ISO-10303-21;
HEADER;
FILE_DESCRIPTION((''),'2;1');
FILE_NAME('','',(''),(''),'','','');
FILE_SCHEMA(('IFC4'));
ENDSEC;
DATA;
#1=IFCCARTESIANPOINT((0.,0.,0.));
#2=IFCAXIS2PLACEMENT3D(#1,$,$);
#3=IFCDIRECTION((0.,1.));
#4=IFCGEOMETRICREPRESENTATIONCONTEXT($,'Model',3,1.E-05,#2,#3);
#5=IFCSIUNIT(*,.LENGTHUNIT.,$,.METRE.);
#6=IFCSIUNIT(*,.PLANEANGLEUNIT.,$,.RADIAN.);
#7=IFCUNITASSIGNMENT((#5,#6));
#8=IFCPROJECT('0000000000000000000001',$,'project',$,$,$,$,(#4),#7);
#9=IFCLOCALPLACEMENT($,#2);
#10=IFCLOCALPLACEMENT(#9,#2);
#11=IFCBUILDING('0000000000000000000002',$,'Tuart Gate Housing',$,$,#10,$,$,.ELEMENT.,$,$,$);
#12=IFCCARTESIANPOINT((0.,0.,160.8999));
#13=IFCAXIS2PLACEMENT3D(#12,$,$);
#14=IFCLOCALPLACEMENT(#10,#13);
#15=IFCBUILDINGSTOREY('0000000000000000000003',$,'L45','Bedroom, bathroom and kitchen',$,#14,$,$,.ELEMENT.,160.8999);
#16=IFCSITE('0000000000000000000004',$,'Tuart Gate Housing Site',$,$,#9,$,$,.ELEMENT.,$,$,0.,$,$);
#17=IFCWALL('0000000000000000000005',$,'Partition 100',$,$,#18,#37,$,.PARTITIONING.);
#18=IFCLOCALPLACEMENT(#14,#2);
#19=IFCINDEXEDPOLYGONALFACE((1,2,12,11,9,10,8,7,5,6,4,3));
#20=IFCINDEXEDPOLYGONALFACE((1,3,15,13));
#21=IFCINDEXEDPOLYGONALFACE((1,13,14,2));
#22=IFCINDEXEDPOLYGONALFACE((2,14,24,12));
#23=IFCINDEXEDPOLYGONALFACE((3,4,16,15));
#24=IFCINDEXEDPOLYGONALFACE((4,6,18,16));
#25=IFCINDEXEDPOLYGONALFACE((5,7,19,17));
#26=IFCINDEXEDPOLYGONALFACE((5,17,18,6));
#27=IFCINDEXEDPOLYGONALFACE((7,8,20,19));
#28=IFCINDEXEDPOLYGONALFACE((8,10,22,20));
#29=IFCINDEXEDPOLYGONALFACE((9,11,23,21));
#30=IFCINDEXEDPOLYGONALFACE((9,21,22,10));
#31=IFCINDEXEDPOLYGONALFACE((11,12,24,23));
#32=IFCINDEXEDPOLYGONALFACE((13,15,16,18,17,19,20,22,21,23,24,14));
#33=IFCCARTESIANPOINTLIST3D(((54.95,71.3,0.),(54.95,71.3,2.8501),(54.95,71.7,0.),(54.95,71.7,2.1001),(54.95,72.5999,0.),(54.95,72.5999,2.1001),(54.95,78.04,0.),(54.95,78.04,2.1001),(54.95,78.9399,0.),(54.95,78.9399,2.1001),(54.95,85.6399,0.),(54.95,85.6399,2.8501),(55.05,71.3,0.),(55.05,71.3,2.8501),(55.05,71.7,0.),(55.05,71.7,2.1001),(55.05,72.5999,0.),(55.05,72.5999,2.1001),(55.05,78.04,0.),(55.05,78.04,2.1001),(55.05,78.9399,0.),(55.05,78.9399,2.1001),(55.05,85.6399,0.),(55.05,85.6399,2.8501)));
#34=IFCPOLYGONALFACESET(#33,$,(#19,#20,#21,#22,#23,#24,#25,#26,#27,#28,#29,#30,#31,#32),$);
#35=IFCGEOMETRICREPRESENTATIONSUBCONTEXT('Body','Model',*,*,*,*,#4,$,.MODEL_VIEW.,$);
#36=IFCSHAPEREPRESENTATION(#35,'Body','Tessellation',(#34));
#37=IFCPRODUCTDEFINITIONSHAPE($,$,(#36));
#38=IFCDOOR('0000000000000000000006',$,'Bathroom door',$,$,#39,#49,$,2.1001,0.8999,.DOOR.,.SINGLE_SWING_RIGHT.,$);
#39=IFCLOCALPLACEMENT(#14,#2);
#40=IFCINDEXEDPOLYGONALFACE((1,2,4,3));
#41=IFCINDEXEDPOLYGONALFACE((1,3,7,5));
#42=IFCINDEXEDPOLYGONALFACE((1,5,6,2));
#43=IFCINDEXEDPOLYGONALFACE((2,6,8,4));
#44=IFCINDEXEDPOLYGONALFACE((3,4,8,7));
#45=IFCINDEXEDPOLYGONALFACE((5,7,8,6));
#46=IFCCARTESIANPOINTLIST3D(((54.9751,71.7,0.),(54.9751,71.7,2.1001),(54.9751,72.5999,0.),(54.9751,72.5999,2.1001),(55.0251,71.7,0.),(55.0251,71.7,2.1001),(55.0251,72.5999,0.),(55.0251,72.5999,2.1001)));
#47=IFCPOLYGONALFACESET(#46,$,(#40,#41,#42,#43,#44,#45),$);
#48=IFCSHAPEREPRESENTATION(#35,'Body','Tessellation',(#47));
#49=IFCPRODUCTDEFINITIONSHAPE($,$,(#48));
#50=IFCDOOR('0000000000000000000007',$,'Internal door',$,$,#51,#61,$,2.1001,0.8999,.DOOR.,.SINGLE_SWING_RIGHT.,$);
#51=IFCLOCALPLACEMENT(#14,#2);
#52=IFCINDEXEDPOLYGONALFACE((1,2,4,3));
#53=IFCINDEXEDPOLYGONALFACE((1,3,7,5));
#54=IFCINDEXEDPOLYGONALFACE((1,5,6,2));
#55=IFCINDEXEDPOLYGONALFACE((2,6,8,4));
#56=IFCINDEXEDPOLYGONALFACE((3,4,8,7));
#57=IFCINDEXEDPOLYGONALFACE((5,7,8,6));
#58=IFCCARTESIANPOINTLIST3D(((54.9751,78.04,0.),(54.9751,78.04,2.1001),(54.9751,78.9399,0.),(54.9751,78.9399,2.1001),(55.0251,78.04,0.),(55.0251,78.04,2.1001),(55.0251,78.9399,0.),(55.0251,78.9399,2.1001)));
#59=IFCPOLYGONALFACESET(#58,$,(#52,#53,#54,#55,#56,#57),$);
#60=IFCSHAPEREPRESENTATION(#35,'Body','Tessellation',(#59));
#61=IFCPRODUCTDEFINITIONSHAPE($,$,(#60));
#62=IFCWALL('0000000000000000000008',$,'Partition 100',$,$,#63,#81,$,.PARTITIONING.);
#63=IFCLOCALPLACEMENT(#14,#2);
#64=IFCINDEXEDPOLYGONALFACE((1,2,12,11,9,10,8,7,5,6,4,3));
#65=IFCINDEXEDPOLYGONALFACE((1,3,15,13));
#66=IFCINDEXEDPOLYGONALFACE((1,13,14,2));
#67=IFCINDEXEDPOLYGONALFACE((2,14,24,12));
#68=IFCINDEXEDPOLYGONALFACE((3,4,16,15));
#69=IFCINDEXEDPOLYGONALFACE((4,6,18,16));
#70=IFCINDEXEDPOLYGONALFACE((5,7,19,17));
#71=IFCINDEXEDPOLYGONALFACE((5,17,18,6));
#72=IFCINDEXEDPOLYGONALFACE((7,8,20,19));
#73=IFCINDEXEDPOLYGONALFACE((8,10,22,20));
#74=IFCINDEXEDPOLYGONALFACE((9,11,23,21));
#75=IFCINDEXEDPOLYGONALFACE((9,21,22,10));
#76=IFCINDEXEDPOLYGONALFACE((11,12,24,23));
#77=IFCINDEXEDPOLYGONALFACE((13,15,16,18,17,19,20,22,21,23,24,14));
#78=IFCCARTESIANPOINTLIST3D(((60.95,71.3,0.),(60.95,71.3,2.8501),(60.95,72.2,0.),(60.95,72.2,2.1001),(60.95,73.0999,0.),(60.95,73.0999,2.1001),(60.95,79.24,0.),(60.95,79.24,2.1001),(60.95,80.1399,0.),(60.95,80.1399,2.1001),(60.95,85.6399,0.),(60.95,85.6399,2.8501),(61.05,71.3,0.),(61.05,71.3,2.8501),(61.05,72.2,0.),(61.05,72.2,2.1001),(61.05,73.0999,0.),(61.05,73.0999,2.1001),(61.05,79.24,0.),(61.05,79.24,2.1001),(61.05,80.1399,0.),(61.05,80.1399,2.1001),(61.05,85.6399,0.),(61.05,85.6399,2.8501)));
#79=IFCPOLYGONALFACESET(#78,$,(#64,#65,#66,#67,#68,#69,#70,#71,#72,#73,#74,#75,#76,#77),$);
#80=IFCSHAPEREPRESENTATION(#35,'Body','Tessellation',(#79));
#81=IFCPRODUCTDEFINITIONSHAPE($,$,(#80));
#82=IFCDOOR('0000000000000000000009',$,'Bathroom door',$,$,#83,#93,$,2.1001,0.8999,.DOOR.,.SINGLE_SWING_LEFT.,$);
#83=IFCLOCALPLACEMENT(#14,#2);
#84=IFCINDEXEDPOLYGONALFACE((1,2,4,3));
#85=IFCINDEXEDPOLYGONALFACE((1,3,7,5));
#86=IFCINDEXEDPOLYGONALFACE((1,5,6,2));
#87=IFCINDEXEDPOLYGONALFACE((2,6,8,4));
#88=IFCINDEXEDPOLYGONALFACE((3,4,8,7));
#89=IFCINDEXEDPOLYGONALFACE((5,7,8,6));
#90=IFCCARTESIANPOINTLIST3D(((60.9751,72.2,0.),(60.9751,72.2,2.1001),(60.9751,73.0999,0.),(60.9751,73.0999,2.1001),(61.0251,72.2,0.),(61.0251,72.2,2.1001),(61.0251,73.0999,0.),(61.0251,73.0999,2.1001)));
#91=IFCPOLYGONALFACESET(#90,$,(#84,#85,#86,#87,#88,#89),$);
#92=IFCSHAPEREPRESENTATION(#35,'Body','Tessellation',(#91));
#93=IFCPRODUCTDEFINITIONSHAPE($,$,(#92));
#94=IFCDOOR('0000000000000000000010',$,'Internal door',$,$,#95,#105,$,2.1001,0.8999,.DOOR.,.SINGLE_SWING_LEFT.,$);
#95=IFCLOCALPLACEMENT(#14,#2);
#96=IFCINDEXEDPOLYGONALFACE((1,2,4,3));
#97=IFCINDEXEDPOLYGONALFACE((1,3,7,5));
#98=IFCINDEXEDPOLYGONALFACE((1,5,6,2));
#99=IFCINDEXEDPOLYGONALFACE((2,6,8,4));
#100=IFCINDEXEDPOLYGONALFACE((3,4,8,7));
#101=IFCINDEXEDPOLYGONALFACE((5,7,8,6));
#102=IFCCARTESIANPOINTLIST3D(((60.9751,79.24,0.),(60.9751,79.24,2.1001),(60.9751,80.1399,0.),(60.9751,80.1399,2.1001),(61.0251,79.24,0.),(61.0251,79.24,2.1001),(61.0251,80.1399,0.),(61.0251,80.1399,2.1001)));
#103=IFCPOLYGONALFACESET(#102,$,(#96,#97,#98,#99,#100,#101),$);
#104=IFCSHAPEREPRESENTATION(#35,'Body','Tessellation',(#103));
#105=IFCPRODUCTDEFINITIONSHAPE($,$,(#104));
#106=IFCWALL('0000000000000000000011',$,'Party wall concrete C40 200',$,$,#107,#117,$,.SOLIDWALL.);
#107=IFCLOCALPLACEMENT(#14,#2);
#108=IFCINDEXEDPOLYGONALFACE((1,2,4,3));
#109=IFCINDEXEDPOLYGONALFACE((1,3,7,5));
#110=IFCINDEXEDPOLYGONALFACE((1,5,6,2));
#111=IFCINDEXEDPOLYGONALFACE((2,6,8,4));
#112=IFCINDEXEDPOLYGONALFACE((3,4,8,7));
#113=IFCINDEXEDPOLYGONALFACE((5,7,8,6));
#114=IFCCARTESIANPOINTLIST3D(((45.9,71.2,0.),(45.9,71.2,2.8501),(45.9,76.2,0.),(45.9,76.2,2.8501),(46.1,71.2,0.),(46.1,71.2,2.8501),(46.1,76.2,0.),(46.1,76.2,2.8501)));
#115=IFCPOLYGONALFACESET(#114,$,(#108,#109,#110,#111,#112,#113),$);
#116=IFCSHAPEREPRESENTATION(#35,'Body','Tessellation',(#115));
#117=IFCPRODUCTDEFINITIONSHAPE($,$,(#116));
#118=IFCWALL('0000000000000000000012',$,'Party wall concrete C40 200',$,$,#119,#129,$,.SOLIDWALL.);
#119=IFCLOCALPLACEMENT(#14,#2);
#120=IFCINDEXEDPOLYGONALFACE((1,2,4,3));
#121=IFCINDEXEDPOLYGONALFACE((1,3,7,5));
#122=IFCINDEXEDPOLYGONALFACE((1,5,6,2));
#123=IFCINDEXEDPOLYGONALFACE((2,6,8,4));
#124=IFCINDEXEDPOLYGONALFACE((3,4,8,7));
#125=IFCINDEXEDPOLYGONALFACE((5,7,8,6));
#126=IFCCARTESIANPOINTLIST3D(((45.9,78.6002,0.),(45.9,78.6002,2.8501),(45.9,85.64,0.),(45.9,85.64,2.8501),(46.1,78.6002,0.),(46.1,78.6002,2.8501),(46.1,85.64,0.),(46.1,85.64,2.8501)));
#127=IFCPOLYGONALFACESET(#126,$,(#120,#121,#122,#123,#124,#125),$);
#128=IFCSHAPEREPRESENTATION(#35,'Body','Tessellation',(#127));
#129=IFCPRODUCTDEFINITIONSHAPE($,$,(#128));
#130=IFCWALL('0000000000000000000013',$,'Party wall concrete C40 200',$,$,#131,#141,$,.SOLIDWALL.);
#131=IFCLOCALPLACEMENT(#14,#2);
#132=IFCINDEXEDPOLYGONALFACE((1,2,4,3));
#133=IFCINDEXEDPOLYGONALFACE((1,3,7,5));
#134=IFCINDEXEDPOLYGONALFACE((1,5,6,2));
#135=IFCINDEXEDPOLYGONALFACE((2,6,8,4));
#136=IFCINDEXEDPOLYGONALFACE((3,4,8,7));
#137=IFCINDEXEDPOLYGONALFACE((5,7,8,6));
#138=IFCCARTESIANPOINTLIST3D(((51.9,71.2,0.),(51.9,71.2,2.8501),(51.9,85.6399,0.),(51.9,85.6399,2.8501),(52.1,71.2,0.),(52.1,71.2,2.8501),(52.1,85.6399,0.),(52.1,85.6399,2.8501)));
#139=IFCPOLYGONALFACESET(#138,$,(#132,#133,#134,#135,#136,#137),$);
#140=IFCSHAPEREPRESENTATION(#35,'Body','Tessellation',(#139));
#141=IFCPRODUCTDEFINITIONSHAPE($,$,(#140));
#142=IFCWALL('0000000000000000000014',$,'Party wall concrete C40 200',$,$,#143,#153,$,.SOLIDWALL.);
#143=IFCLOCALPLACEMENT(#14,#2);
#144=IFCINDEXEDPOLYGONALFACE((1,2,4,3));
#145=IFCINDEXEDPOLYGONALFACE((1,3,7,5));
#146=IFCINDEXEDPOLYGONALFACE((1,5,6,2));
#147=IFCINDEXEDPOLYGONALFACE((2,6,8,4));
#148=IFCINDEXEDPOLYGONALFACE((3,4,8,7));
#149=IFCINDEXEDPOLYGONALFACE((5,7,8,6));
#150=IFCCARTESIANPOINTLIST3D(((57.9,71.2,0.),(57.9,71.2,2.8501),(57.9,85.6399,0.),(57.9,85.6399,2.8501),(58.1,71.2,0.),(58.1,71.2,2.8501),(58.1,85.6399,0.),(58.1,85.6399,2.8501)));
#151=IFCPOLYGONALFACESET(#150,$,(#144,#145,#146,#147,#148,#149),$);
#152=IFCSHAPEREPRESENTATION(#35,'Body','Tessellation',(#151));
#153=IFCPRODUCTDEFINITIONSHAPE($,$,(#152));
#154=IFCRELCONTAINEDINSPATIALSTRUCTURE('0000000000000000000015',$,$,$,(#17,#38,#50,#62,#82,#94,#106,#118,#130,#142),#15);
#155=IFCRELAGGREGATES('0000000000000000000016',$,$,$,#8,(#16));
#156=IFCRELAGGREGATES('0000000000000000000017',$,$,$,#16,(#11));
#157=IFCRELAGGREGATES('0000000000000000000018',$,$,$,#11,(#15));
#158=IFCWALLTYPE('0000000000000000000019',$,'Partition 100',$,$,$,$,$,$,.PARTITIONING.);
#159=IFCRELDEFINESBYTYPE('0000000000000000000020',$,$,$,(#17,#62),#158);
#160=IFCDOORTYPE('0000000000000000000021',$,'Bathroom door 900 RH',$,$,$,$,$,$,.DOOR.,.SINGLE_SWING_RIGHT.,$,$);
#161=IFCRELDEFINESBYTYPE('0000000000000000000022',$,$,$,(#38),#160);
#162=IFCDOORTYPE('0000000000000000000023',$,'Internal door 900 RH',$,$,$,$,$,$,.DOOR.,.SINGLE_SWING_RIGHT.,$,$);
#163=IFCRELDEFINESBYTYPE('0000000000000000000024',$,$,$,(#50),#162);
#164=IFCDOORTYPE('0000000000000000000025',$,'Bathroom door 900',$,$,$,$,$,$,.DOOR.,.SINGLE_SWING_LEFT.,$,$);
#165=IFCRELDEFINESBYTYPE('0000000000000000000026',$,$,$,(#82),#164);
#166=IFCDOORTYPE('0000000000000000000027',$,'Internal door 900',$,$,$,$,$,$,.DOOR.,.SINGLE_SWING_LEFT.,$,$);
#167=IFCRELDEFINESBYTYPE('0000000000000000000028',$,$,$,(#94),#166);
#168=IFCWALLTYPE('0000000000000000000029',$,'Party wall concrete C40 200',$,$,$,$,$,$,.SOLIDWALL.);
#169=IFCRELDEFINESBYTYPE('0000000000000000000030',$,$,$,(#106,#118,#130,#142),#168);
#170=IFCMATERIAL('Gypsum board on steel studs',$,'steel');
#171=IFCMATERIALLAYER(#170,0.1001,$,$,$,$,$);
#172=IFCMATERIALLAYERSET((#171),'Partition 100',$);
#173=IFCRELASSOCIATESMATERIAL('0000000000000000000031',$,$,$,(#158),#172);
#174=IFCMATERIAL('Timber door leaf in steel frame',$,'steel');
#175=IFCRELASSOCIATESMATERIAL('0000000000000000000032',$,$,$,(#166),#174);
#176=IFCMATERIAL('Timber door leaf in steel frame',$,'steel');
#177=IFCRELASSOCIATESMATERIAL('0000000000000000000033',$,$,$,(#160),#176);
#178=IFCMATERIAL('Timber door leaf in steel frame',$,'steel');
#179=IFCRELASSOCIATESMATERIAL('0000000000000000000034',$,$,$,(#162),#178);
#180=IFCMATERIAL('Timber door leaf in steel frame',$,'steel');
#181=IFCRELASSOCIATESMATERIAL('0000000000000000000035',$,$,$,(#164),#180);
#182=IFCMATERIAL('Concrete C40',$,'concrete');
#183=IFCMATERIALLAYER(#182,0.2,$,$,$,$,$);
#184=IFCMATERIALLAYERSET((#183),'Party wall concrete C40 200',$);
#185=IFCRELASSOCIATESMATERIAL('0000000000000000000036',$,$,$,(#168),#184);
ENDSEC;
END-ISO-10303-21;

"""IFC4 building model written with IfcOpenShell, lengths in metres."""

from ifc_helpers import new_model, si_unit, direction, frame, frame_2d, origin, place, context, subcontext, project, spatial, rectangle, extrude, material, layer, layer_set, type_object, element, fill, save


model = new_model("IFC4")

# Units and contexts
model_context = context("Model", 3, precision=1e-05, world=origin(), true_north=direction((0.0, 1.0)))
body_context = subcontext(model_context, "Body", "Model", "MODEL_VIEW")
ifc_project = project(units=[si_unit("LENGTHUNIT", "METRE"), si_unit("PLANEANGLEUNIT", "RADIAN")], contexts=[model_context])

# Site, building, storey
site_placement = place(None, origin())
site = spatial("IfcSite", under=ifc_project, at=site_placement, Name="Tuart Gate Housing Site", CompositionType="ELEMENT", RefElevation=0.0)
building_placement = place(site_placement, origin())
building = spatial("IfcBuilding", under=site, at=building_placement, Name="Tuart Gate Housing", CompositionType="ELEMENT")
storey_placement = place(building_placement, frame((0.0, 0.0, 160.8999)))
storey = spatial("IfcBuildingStorey", under=building, at=storey_placement, Name="L45", Description="Bedroom, bathroom and kitchen", CompositionType="ELEMENT", Elevation=160.8999)

# Shared definitions
ifc_material_1 = material(Name="Gypsum board on steel studs", Category="steel")
ifc_layer_1 = layer(ifc_material_1, 0.1001)
ifc_layer_set_1 = layer_set([ifc_layer_1], Name="Partition 100")
wall_type_1 = type_object("IfcWallType", Name="Partition 100", PredefinedType="PARTITIONING", material=ifc_layer_set_1)

# Shared definitions
ifc_material_2 = material(Name="Timber door leaf in steel frame", Category="steel")
door_type_1 = type_object("IfcDoorType", Name="Internal door 900", OperationType="SINGLE_SWING_LEFT", PredefinedType="DOOR", material=ifc_material_2)

# Walls, openings, doors
ifc_material_3 = material(Name="Timber door leaf in steel frame", Category="steel")
door_type_2 = type_object("IfcDoorType", Name="Bathroom door 900 RH", OperationType="SINGLE_SWING_RIGHT", PredefinedType="DOOR", material=ifc_material_3)
ifc_material_4 = material(Name="Timber door leaf in steel frame", Category="steel")
door_type_3 = type_object("IfcDoorType", Name="Internal door 900 RH", OperationType="SINGLE_SWING_RIGHT", PredefinedType="DOOR", material=ifc_material_4)
wall_1_placement = place(storey_placement, frame((55.0, 71.3, 0.0), z_axis=(0.0, 0.0, 1.0), x_axis=(0.0, 1.0, 0.0)))
wall_1 = element("IfcWall", 1, at=wall_1_placement, inside=storey, type_object=wall_type_1, Name="Partition 100", PredefinedType="PARTITIONING", context=body_context, shape_type="SweptSolid", body=[
    extrude(rectangle(XDim=14.3398, YDim=0.1001, at=frame_2d((7.1699, 0.0))), origin(), (0.0, 0.0, 1.0), 2.8501),
])
opening_1_placement = place(wall_1_placement, frame((6.74, 0.0, 0.0)))
opening_1 = element("IfcOpeningElement", 2, at=opening_1_placement, cuts=wall_1, PredefinedType="OPENING", context=body_context, shape_type="SweptSolid", body=[
    extrude(rectangle(XDim=0.8999, YDim=2.1001, at=frame_2d((0.45, 1.05))), frame((0.0, 0.0601, 0.0), z_axis=(0.0, -1.0, 0.0), x_axis=(1.0, 0.0, 0.0)), (0.0, 0.0, 1.0), 0.1201),
])
opening_2_placement = place(wall_1_placement, frame((0.3999, 0.0, 0.0)))
opening_2 = element("IfcOpeningElement", 3, at=opening_2_placement, cuts=wall_1, PredefinedType="OPENING", context=body_context, shape_type="SweptSolid", body=[
    extrude(rectangle(XDim=0.8999, YDim=2.1001, at=frame_2d((0.45, 1.05))), frame((0.0, 0.0601, 0.0), z_axis=(0.0, -1.0, 0.0), x_axis=(1.0, 0.0, 0.0)), (0.0, 0.0, 1.0), 0.1201),
])
door_1_placement = place(opening_2_placement, frame((0.8999, 0.0, 0.0), z_axis=(0.0, 0.0, 1.0), x_axis=(-1.0, 0.0, 0.0)))
door_1 = element("IfcDoor", 4, at=door_1_placement, inside=storey, type_object=door_type_2, Name="Bathroom door", OperationType="SINGLE_SWING_RIGHT", OverallHeight=2.1001, OverallWidth=0.8999, PredefinedType="DOOR", context=body_context, shape_type="SweptSolid", body=[
    extrude(rectangle(XDim=0.8999, YDim=2.1001, at=frame_2d((0.45, 1.05))), frame((0.0, 0.0251, 0.0), z_axis=(0.0, -1.0, 0.0), x_axis=(1.0, 0.0, 0.0)), (0.0, 0.0, 1.0), 0.05),
])
fill(opening_2, door_1)
door_2_placement = place(opening_1_placement, frame((0.8999, 0.0, 0.0), z_axis=(0.0, 0.0, 1.0), x_axis=(-1.0, 0.0, 0.0)))
door_2 = element("IfcDoor", 5, at=door_2_placement, inside=storey, type_object=door_type_3, Name="Internal door", OperationType="SINGLE_SWING_RIGHT", OverallHeight=2.1001, OverallWidth=0.8999, PredefinedType="DOOR", context=body_context, shape_type="SweptSolid", body=[
    extrude(rectangle(XDim=0.8999, YDim=2.1001, at=frame_2d((0.45, 1.05))), frame((0.0, 0.0251, 0.0), z_axis=(0.0, -1.0, 0.0), x_axis=(1.0, 0.0, 0.0)), (0.0, 0.0, 1.0), 0.05),
])
fill(opening_1, door_2)
wall_2_placement = place(storey_placement, frame((61.0, 71.3, 0.0), z_axis=(0.0, 0.0, 1.0), x_axis=(0.0, 1.0, 0.0)))
wall_2 = element("IfcWall", 6, at=wall_2_placement, inside=storey, type_object=wall_type_1, Name="Partition 100", PredefinedType="PARTITIONING", context=body_context, shape_type="SweptSolid", body=[
    extrude(rectangle(XDim=14.3398, YDim=0.1001, at=frame_2d((7.1699, 0.0))), origin(), (0.0, 0.0, 1.0), 2.8501),
])
opening_3_placement = place(wall_2_placement, frame((7.9399, 0.0, 0.0)))
opening_3 = element("IfcOpeningElement", 7, at=opening_3_placement, cuts=wall_2, PredefinedType="OPENING", context=body_context, shape_type="SweptSolid", body=[
    extrude(rectangle(XDim=0.8999, YDim=2.1001, at=frame_2d((0.45, 1.05))), frame((0.0, 0.0601, 0.0), z_axis=(0.0, -1.0, 0.0), x_axis=(1.0, 0.0, 0.0)), (0.0, 0.0, 1.0), 0.1201),
])
opening_4_placement = place(wall_2_placement, frame((0.8999, 0.0, 0.0)))
opening_4 = element("IfcOpeningElement", 8, at=opening_4_placement, cuts=wall_2, PredefinedType="OPENING", context=body_context, shape_type="SweptSolid", body=[
    extrude(rectangle(XDim=0.8999, YDim=2.1001, at=frame_2d((0.45, 1.05))), frame((0.0, 0.0601, 0.0), z_axis=(0.0, -1.0, 0.0), x_axis=(1.0, 0.0, 0.0)), (0.0, 0.0, 1.0), 0.1201),
])
ifc_material_5 = material(Name="Timber door leaf in steel frame", Category="steel")
door_type_4 = type_object("IfcDoorType", Name="Bathroom door 900", OperationType="SINGLE_SWING_LEFT", PredefinedType="DOOR", material=ifc_material_5)
door_3_placement = place(opening_4_placement, origin())
door_3 = element("IfcDoor", 9, at=door_3_placement, inside=storey, type_object=door_type_4, Name="Bathroom door", OperationType="SINGLE_SWING_LEFT", OverallHeight=2.1001, OverallWidth=0.8999, PredefinedType="DOOR", context=body_context, shape_type="SweptSolid", body=[
    extrude(rectangle(XDim=0.8999, YDim=2.1001, at=frame_2d((0.45, 1.05))), frame((0.0, 0.0249, 0.0), z_axis=(0.0, -1.0, 0.0), x_axis=(1.0, 0.0, 0.0)), (0.0, 0.0, 1.0), 0.05),
])
fill(opening_4, door_3)
door_4_placement = place(opening_3_placement, origin())
door_4 = element("IfcDoor", 10, at=door_4_placement, inside=storey, type_object=door_type_1, Name="Internal door", OperationType="SINGLE_SWING_LEFT", OverallHeight=2.1001, OverallWidth=0.8999, PredefinedType="DOOR", context=body_context, shape_type="SweptSolid", body=[
    extrude(rectangle(XDim=0.8999, YDim=2.1001, at=frame_2d((0.45, 1.05))), frame((0.0, 0.0249, 0.0), z_axis=(0.0, -1.0, 0.0), x_axis=(1.0, 0.0, 0.0)), (0.0, 0.0, 1.0), 0.05),
])
fill(opening_3, door_4)

# Walls
ifc_material_6 = material(Name="Concrete C40", Category="concrete")
ifc_layer_2 = layer(ifc_material_6, 0.2)
ifc_layer_set_2 = layer_set([ifc_layer_2], Name="Party wall concrete C40 200")
wall_type_2 = type_object("IfcWallType", Name="Party wall concrete C40 200", PredefinedType="SOLIDWALL", material=ifc_layer_set_2)
wall_3_placement = place(storey_placement, frame((46.0, 71.2, 0.0), z_axis=(0.0, 0.0, 1.0), x_axis=(0.0, 1.0, 0.0)))
element("IfcWall", 11, at=wall_3_placement, inside=storey, type_object=wall_type_2, Name="Party wall concrete C40 200", PredefinedType="SOLIDWALL", context=body_context, shape_type="SweptSolid", body=[
    extrude(rectangle(XDim=5.0, YDim=0.2, at=frame_2d((2.5, 0.0))), origin(), (0.0, 0.0, 1.0), 2.8501),
])
wall_4_placement = place(storey_placement, frame((46.0, 78.6001, 0.0), z_axis=(0.0, 0.0, 1.0), x_axis=(0.0, 1.0, 0.0)))
element("IfcWall", 12, at=wall_4_placement, inside=storey, type_object=wall_type_2, Name="Party wall concrete C40 200", PredefinedType="SOLIDWALL", context=body_context, shape_type="SweptSolid", body=[
    extrude(rectangle(XDim=7.0398, YDim=0.2, at=frame_2d((3.52, 0.0))), origin(), (0.0, 0.0, 1.0), 2.8501),
])
for number, where, z_axis, x_axis, name in (
    (13, (52.0, 71.2, 0.0), (0.0, 0.0, 1.0), (0.0, 1.0, 0.0), "Party wall concrete C40 200"),
    (14, (58.0, 71.2, 0.0), (0.0, 0.0, 1.0), (0.0, 1.0, 0.0), "Party wall concrete C40 200"),
):
    element("IfcWall", number, at=place(storey_placement, frame(where, z_axis=z_axis, x_axis=x_axis)), inside=storey, type_object=wall_type_2, Name=name, PredefinedType="SOLIDWALL", context=body_context, shape_type="SweptSolid", body=[
        extrude(rectangle(XDim=14.4399, YDim=0.2, at=frame_2d((7.22, 0.0))), origin(), (0.0, 0.0, 1.0), 2.8501),
    ])

save(model, "model.ifc")
